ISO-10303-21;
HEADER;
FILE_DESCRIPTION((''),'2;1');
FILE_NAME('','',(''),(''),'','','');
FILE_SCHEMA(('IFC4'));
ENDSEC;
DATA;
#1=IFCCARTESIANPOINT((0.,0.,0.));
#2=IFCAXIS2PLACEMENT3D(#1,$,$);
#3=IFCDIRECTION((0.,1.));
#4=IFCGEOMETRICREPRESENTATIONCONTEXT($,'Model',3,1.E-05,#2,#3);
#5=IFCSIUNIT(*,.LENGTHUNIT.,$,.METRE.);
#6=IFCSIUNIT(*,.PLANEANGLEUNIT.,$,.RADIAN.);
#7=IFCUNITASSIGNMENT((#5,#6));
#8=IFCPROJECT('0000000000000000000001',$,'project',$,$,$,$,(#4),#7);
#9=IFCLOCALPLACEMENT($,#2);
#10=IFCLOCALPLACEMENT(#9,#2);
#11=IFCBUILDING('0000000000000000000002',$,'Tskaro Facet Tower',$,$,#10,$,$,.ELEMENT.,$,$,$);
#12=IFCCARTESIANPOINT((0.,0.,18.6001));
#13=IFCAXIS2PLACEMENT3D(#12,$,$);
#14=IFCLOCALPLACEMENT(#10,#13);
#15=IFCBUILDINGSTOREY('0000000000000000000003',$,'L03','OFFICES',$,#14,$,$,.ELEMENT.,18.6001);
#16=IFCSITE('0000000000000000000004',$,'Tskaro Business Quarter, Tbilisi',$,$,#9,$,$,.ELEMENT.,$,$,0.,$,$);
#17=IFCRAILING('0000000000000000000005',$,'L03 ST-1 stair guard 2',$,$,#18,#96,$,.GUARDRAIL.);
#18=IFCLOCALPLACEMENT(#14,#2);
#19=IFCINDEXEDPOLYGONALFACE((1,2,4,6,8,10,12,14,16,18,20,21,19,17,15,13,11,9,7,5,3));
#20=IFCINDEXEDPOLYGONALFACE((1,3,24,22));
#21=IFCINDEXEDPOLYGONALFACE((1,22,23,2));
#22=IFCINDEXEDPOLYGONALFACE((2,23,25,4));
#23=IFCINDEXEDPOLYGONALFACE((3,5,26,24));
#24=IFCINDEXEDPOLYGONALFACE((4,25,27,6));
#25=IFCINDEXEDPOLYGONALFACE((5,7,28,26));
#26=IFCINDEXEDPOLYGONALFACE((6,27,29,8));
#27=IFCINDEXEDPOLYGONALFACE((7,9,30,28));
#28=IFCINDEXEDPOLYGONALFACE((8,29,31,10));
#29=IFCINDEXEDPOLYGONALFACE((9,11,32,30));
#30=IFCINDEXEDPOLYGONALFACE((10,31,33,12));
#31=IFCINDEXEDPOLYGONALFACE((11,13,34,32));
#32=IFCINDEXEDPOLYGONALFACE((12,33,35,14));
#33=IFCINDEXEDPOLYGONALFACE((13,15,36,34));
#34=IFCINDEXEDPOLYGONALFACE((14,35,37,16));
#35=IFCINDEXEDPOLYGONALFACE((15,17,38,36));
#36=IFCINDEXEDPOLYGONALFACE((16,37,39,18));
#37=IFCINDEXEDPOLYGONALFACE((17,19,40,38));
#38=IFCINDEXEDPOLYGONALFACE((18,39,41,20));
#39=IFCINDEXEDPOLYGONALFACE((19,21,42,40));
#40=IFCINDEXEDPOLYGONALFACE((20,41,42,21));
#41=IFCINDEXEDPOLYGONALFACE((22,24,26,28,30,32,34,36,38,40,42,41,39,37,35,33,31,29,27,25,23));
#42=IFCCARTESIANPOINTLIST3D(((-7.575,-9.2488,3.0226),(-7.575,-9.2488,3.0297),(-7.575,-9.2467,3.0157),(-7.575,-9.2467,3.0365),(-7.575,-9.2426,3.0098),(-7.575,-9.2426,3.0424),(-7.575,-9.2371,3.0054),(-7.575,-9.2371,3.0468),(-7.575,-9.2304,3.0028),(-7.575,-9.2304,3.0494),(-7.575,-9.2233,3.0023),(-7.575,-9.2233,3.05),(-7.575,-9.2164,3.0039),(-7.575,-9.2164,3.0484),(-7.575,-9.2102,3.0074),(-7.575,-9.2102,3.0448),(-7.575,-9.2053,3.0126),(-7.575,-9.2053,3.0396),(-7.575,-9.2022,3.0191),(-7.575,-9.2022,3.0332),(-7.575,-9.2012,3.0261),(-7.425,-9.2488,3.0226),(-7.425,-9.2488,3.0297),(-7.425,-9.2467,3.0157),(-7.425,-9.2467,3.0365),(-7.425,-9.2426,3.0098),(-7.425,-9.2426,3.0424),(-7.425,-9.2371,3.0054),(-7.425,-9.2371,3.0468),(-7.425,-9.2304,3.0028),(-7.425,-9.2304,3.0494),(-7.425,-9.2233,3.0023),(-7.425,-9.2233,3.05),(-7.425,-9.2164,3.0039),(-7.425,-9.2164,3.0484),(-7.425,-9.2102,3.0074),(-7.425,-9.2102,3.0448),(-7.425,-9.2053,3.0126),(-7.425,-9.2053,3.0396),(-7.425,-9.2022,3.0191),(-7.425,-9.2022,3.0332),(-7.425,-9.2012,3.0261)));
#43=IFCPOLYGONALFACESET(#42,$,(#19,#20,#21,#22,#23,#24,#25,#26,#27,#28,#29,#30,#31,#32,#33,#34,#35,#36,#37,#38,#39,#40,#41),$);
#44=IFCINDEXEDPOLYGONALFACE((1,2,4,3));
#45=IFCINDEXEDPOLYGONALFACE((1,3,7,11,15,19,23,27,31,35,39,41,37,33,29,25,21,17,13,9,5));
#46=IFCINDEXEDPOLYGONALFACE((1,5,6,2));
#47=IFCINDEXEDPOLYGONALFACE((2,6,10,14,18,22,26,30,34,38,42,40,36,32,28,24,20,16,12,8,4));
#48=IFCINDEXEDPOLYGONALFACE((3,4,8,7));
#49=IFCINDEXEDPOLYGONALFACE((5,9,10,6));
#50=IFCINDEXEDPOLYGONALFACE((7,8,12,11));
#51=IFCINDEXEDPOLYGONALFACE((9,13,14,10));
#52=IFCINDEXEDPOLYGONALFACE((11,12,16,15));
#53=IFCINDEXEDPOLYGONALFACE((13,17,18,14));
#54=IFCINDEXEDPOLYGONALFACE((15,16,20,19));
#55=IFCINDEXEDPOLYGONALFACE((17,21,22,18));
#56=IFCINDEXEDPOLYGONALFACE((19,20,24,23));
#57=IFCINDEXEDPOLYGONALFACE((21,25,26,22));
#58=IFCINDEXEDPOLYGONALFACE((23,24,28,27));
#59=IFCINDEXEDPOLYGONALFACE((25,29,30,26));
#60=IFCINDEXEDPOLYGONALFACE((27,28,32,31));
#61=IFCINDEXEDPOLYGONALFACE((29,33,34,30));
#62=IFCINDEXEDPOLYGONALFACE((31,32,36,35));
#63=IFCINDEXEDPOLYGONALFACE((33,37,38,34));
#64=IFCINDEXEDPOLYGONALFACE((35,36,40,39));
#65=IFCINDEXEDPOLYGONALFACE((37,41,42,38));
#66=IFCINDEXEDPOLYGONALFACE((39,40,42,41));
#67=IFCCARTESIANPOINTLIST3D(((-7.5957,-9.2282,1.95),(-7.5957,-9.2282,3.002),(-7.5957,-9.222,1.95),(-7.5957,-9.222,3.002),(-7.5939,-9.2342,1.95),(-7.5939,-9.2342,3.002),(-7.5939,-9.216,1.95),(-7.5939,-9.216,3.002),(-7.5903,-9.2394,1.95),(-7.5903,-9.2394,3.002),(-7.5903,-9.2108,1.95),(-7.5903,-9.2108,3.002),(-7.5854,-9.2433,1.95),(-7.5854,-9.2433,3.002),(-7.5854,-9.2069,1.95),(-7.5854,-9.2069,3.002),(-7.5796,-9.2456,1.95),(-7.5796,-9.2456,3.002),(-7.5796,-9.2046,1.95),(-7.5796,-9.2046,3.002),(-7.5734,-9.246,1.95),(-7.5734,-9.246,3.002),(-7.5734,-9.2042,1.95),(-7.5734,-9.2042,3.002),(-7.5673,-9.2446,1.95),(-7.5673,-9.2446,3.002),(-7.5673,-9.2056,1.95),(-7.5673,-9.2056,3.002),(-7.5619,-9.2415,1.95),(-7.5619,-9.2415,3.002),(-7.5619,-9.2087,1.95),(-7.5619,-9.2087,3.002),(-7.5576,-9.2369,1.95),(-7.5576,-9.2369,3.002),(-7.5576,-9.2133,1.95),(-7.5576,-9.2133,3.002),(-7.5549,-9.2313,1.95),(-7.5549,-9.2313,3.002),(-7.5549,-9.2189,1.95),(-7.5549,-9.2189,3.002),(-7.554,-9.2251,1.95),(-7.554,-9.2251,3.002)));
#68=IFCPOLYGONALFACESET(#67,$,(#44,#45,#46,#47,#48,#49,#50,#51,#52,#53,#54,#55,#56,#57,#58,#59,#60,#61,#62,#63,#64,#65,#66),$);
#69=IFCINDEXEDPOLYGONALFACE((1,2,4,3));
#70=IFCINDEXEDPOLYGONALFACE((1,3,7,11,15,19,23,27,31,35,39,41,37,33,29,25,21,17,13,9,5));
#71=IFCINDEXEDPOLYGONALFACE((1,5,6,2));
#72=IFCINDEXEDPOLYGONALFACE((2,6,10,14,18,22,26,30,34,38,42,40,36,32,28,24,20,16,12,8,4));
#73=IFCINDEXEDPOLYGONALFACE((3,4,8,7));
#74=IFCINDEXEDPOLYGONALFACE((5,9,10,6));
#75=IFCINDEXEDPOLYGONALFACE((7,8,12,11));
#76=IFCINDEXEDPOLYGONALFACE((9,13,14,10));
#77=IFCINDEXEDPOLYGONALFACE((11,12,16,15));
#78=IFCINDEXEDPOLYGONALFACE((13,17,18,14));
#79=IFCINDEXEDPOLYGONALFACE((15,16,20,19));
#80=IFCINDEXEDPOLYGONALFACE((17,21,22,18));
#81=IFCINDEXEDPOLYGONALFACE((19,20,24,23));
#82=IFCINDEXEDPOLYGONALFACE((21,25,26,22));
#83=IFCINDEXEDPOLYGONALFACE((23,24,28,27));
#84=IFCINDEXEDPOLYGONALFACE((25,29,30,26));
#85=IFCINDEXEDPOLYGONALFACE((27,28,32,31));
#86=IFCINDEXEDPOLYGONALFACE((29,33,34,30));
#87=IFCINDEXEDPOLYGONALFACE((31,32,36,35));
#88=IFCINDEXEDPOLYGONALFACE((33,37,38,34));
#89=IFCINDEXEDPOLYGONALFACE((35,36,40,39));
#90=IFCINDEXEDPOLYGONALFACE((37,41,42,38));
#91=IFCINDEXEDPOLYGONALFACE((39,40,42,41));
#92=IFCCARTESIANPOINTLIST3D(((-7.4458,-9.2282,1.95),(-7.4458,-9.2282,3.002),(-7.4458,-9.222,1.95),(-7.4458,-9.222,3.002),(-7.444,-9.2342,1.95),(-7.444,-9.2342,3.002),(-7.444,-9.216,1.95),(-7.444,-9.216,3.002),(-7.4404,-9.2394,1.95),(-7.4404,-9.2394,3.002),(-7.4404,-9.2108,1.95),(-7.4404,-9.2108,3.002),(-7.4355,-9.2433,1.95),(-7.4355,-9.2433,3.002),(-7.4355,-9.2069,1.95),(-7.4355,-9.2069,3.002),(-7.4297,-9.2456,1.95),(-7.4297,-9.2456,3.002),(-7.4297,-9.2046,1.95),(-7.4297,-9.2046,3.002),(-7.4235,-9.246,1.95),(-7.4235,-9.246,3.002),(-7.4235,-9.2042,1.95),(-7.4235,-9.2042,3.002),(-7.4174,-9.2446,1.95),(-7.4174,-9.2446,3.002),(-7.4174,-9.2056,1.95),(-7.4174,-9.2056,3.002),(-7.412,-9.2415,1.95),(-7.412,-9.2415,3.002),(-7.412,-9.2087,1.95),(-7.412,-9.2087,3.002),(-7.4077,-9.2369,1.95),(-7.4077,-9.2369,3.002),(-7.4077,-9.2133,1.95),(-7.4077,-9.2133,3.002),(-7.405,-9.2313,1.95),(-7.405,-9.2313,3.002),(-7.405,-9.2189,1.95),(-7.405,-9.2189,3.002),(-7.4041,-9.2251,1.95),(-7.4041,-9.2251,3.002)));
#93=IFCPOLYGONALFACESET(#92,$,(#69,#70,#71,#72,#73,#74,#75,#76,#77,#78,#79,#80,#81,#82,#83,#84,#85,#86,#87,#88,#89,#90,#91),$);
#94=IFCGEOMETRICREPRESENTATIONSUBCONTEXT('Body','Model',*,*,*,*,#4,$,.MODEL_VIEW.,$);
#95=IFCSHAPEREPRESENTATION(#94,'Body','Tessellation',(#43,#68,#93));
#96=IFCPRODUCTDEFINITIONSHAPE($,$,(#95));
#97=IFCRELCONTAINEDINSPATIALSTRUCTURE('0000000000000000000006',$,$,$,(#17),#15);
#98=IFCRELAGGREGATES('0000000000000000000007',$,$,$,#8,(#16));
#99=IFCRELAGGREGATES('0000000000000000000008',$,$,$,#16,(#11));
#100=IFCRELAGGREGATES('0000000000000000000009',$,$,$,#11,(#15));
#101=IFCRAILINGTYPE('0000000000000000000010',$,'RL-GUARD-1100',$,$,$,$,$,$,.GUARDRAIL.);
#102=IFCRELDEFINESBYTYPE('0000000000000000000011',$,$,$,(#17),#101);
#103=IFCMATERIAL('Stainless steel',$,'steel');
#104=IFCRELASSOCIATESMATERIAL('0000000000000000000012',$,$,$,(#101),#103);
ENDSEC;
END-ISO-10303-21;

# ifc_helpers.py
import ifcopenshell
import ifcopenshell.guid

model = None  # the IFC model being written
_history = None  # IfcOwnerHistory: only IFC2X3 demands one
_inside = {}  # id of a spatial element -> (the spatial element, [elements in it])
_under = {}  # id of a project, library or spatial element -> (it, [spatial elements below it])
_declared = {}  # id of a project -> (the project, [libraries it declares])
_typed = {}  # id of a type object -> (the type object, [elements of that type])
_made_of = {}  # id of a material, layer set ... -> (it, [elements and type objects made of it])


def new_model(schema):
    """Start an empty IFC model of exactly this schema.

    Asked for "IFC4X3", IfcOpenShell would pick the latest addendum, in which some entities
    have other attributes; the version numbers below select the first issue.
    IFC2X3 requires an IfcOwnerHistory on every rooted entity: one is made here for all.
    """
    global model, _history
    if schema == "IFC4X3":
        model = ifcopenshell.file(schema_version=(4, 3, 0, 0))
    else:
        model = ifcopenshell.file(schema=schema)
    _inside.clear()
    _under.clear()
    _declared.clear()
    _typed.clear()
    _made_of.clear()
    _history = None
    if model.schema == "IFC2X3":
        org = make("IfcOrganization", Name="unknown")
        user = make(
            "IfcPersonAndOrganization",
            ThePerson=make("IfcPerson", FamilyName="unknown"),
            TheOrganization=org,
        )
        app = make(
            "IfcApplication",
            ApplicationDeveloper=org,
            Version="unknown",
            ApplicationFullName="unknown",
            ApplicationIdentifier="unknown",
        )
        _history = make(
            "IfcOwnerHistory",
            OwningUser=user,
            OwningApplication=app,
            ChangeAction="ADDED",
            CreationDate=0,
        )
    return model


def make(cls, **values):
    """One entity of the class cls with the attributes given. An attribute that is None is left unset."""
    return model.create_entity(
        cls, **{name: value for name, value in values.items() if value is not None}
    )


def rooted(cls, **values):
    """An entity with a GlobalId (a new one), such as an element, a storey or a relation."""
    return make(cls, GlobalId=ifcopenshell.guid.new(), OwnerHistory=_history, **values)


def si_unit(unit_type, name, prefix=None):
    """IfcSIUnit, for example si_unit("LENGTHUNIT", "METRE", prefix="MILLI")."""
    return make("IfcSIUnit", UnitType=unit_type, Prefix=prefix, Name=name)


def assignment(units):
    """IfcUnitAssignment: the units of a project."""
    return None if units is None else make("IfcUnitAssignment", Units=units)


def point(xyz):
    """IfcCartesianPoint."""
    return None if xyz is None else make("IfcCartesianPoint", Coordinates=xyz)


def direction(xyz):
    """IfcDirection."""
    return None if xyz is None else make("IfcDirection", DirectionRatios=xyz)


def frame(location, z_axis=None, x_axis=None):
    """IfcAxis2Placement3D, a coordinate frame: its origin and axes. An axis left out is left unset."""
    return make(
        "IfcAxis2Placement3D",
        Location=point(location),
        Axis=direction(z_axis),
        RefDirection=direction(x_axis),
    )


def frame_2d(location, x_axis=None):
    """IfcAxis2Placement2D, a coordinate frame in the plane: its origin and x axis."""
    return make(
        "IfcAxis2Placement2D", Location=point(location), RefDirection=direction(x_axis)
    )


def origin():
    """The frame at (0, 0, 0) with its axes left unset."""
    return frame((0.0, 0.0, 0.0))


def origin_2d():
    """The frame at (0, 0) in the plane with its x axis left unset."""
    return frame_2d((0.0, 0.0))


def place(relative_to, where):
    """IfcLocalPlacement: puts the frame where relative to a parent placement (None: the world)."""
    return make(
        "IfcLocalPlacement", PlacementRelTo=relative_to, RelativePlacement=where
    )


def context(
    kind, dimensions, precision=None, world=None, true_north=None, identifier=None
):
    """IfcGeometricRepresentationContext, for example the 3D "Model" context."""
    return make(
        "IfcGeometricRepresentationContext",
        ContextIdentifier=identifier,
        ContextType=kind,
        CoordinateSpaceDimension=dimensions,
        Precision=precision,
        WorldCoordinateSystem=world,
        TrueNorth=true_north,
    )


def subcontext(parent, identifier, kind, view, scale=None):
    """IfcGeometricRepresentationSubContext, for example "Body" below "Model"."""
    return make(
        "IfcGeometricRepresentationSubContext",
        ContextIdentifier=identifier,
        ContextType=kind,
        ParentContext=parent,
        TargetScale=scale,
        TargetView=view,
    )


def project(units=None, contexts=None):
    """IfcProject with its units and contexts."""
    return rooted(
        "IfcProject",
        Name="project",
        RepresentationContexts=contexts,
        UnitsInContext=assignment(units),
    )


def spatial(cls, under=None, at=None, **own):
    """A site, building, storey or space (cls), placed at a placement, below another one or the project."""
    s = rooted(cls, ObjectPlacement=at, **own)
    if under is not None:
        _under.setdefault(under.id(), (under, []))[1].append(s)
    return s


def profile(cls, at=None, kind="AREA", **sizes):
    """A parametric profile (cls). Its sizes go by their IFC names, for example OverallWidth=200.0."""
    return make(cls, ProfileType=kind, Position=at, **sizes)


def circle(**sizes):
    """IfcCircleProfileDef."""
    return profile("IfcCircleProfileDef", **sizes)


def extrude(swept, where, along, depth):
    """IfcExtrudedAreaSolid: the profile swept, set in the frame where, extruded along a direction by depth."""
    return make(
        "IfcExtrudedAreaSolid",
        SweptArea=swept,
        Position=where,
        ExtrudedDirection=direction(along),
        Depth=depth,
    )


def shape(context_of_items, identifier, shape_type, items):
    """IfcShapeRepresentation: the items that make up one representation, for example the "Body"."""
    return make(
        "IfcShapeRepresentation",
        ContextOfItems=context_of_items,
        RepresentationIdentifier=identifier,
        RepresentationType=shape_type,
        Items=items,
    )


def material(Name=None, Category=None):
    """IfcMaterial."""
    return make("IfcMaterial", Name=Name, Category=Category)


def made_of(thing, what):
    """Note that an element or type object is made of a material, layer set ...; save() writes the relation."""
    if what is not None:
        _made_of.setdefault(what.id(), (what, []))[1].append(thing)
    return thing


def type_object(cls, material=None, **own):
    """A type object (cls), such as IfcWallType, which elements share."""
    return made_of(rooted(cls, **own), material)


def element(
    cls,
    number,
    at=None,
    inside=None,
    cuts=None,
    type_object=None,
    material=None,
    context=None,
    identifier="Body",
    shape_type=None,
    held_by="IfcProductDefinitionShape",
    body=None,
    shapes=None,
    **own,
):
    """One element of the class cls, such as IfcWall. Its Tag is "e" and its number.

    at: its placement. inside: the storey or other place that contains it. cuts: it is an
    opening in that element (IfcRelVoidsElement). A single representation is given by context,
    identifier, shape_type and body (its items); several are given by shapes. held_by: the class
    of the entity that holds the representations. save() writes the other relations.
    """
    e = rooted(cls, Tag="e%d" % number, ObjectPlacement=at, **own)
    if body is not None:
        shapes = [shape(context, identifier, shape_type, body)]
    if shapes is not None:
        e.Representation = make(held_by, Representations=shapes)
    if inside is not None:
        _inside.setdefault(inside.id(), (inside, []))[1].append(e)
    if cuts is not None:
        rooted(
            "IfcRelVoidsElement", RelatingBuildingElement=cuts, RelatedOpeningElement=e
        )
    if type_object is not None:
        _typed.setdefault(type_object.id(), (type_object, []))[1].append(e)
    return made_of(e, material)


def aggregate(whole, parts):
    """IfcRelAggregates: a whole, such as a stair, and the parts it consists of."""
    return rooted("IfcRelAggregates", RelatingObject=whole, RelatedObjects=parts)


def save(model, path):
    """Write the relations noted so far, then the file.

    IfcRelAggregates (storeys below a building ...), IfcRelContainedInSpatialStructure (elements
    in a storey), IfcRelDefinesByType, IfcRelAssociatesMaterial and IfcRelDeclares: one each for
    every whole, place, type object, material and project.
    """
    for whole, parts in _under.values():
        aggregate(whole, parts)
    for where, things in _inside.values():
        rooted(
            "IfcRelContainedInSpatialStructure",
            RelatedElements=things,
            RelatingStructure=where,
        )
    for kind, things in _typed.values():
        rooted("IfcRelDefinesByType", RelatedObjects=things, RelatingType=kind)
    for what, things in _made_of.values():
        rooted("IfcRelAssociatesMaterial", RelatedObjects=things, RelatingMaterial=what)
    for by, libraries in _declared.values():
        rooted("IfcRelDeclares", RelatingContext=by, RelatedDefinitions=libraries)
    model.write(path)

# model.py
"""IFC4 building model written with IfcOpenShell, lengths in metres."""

from ifc_helpers import new_model, si_unit, direction, frame, origin, origin_2d, place, context, subcontext, project, spatial, circle, extrude, material, type_object, element, save


model = new_model("IFC4")

# Units and contexts
model_context = context("Model", 3, precision=1e-05, world=origin(), true_north=direction((0.0, 1.0)))
body_context = subcontext(model_context, "Body", "Model", "MODEL_VIEW")
ifc_project = project(units=[si_unit("LENGTHUNIT", "METRE"), si_unit("PLANEANGLEUNIT", "RADIAN")], contexts=[model_context])

# Site, building, storey
site_placement = place(None, origin())
site = spatial("IfcSite", under=ifc_project, at=site_placement, Name="Tskaro Business Quarter, Tbilisi", CompositionType="ELEMENT", RefElevation=0.0)
building_placement = place(site_placement, origin())
building = spatial("IfcBuilding", under=site, at=building_placement, Name="Tskaro Facet Tower", CompositionType="ELEMENT")
storey_placement = place(building_placement, frame((0.0, 0.0, 18.6001)))
storey = spatial("IfcBuildingStorey", under=building, at=storey_placement, Name="L03", Description="OFFICES", CompositionType="ELEMENT", Elevation=18.6001)

# Shared definitions
ifc_material_1 = material(Name="Stainless steel", Category="steel")

# Railing
railing_type_1 = type_object("IfcRailingType", Name="RL-GUARD-1100", PredefinedType="GUARDRAIL", material=ifc_material_1)
railing_1_placement = place(storey_placement, frame((-7.575, -9.2251, 1.95)))
element("IfcRailing", 1, at=railing_1_placement, inside=storey, type_object=railing_type_1, Name="L03 ST-1 stair guard 2", PredefinedType="GUARDRAIL", context=body_context, shape_type="SweptSolid", body=[
    extrude(circle(Radius=0.0239, at=origin_2d()), frame((0.0, 0.0, 1.0762), z_axis=(1.0, 0.0, 0.0), x_axis=(0.0, 1.0, 0.0)), (0.0, 0.0, 1.0), 0.1499),
    extrude(circle(Radius=0.021, at=origin_2d()), origin(), (0.0, 0.0, 1.0), 1.052),
    extrude(circle(Radius=0.021, at=origin_2d()), frame((0.1499, 0.0, 0.0)), (0.0, 0.0, 1.0), 1.052),
])

save(model, "model.ifc")
